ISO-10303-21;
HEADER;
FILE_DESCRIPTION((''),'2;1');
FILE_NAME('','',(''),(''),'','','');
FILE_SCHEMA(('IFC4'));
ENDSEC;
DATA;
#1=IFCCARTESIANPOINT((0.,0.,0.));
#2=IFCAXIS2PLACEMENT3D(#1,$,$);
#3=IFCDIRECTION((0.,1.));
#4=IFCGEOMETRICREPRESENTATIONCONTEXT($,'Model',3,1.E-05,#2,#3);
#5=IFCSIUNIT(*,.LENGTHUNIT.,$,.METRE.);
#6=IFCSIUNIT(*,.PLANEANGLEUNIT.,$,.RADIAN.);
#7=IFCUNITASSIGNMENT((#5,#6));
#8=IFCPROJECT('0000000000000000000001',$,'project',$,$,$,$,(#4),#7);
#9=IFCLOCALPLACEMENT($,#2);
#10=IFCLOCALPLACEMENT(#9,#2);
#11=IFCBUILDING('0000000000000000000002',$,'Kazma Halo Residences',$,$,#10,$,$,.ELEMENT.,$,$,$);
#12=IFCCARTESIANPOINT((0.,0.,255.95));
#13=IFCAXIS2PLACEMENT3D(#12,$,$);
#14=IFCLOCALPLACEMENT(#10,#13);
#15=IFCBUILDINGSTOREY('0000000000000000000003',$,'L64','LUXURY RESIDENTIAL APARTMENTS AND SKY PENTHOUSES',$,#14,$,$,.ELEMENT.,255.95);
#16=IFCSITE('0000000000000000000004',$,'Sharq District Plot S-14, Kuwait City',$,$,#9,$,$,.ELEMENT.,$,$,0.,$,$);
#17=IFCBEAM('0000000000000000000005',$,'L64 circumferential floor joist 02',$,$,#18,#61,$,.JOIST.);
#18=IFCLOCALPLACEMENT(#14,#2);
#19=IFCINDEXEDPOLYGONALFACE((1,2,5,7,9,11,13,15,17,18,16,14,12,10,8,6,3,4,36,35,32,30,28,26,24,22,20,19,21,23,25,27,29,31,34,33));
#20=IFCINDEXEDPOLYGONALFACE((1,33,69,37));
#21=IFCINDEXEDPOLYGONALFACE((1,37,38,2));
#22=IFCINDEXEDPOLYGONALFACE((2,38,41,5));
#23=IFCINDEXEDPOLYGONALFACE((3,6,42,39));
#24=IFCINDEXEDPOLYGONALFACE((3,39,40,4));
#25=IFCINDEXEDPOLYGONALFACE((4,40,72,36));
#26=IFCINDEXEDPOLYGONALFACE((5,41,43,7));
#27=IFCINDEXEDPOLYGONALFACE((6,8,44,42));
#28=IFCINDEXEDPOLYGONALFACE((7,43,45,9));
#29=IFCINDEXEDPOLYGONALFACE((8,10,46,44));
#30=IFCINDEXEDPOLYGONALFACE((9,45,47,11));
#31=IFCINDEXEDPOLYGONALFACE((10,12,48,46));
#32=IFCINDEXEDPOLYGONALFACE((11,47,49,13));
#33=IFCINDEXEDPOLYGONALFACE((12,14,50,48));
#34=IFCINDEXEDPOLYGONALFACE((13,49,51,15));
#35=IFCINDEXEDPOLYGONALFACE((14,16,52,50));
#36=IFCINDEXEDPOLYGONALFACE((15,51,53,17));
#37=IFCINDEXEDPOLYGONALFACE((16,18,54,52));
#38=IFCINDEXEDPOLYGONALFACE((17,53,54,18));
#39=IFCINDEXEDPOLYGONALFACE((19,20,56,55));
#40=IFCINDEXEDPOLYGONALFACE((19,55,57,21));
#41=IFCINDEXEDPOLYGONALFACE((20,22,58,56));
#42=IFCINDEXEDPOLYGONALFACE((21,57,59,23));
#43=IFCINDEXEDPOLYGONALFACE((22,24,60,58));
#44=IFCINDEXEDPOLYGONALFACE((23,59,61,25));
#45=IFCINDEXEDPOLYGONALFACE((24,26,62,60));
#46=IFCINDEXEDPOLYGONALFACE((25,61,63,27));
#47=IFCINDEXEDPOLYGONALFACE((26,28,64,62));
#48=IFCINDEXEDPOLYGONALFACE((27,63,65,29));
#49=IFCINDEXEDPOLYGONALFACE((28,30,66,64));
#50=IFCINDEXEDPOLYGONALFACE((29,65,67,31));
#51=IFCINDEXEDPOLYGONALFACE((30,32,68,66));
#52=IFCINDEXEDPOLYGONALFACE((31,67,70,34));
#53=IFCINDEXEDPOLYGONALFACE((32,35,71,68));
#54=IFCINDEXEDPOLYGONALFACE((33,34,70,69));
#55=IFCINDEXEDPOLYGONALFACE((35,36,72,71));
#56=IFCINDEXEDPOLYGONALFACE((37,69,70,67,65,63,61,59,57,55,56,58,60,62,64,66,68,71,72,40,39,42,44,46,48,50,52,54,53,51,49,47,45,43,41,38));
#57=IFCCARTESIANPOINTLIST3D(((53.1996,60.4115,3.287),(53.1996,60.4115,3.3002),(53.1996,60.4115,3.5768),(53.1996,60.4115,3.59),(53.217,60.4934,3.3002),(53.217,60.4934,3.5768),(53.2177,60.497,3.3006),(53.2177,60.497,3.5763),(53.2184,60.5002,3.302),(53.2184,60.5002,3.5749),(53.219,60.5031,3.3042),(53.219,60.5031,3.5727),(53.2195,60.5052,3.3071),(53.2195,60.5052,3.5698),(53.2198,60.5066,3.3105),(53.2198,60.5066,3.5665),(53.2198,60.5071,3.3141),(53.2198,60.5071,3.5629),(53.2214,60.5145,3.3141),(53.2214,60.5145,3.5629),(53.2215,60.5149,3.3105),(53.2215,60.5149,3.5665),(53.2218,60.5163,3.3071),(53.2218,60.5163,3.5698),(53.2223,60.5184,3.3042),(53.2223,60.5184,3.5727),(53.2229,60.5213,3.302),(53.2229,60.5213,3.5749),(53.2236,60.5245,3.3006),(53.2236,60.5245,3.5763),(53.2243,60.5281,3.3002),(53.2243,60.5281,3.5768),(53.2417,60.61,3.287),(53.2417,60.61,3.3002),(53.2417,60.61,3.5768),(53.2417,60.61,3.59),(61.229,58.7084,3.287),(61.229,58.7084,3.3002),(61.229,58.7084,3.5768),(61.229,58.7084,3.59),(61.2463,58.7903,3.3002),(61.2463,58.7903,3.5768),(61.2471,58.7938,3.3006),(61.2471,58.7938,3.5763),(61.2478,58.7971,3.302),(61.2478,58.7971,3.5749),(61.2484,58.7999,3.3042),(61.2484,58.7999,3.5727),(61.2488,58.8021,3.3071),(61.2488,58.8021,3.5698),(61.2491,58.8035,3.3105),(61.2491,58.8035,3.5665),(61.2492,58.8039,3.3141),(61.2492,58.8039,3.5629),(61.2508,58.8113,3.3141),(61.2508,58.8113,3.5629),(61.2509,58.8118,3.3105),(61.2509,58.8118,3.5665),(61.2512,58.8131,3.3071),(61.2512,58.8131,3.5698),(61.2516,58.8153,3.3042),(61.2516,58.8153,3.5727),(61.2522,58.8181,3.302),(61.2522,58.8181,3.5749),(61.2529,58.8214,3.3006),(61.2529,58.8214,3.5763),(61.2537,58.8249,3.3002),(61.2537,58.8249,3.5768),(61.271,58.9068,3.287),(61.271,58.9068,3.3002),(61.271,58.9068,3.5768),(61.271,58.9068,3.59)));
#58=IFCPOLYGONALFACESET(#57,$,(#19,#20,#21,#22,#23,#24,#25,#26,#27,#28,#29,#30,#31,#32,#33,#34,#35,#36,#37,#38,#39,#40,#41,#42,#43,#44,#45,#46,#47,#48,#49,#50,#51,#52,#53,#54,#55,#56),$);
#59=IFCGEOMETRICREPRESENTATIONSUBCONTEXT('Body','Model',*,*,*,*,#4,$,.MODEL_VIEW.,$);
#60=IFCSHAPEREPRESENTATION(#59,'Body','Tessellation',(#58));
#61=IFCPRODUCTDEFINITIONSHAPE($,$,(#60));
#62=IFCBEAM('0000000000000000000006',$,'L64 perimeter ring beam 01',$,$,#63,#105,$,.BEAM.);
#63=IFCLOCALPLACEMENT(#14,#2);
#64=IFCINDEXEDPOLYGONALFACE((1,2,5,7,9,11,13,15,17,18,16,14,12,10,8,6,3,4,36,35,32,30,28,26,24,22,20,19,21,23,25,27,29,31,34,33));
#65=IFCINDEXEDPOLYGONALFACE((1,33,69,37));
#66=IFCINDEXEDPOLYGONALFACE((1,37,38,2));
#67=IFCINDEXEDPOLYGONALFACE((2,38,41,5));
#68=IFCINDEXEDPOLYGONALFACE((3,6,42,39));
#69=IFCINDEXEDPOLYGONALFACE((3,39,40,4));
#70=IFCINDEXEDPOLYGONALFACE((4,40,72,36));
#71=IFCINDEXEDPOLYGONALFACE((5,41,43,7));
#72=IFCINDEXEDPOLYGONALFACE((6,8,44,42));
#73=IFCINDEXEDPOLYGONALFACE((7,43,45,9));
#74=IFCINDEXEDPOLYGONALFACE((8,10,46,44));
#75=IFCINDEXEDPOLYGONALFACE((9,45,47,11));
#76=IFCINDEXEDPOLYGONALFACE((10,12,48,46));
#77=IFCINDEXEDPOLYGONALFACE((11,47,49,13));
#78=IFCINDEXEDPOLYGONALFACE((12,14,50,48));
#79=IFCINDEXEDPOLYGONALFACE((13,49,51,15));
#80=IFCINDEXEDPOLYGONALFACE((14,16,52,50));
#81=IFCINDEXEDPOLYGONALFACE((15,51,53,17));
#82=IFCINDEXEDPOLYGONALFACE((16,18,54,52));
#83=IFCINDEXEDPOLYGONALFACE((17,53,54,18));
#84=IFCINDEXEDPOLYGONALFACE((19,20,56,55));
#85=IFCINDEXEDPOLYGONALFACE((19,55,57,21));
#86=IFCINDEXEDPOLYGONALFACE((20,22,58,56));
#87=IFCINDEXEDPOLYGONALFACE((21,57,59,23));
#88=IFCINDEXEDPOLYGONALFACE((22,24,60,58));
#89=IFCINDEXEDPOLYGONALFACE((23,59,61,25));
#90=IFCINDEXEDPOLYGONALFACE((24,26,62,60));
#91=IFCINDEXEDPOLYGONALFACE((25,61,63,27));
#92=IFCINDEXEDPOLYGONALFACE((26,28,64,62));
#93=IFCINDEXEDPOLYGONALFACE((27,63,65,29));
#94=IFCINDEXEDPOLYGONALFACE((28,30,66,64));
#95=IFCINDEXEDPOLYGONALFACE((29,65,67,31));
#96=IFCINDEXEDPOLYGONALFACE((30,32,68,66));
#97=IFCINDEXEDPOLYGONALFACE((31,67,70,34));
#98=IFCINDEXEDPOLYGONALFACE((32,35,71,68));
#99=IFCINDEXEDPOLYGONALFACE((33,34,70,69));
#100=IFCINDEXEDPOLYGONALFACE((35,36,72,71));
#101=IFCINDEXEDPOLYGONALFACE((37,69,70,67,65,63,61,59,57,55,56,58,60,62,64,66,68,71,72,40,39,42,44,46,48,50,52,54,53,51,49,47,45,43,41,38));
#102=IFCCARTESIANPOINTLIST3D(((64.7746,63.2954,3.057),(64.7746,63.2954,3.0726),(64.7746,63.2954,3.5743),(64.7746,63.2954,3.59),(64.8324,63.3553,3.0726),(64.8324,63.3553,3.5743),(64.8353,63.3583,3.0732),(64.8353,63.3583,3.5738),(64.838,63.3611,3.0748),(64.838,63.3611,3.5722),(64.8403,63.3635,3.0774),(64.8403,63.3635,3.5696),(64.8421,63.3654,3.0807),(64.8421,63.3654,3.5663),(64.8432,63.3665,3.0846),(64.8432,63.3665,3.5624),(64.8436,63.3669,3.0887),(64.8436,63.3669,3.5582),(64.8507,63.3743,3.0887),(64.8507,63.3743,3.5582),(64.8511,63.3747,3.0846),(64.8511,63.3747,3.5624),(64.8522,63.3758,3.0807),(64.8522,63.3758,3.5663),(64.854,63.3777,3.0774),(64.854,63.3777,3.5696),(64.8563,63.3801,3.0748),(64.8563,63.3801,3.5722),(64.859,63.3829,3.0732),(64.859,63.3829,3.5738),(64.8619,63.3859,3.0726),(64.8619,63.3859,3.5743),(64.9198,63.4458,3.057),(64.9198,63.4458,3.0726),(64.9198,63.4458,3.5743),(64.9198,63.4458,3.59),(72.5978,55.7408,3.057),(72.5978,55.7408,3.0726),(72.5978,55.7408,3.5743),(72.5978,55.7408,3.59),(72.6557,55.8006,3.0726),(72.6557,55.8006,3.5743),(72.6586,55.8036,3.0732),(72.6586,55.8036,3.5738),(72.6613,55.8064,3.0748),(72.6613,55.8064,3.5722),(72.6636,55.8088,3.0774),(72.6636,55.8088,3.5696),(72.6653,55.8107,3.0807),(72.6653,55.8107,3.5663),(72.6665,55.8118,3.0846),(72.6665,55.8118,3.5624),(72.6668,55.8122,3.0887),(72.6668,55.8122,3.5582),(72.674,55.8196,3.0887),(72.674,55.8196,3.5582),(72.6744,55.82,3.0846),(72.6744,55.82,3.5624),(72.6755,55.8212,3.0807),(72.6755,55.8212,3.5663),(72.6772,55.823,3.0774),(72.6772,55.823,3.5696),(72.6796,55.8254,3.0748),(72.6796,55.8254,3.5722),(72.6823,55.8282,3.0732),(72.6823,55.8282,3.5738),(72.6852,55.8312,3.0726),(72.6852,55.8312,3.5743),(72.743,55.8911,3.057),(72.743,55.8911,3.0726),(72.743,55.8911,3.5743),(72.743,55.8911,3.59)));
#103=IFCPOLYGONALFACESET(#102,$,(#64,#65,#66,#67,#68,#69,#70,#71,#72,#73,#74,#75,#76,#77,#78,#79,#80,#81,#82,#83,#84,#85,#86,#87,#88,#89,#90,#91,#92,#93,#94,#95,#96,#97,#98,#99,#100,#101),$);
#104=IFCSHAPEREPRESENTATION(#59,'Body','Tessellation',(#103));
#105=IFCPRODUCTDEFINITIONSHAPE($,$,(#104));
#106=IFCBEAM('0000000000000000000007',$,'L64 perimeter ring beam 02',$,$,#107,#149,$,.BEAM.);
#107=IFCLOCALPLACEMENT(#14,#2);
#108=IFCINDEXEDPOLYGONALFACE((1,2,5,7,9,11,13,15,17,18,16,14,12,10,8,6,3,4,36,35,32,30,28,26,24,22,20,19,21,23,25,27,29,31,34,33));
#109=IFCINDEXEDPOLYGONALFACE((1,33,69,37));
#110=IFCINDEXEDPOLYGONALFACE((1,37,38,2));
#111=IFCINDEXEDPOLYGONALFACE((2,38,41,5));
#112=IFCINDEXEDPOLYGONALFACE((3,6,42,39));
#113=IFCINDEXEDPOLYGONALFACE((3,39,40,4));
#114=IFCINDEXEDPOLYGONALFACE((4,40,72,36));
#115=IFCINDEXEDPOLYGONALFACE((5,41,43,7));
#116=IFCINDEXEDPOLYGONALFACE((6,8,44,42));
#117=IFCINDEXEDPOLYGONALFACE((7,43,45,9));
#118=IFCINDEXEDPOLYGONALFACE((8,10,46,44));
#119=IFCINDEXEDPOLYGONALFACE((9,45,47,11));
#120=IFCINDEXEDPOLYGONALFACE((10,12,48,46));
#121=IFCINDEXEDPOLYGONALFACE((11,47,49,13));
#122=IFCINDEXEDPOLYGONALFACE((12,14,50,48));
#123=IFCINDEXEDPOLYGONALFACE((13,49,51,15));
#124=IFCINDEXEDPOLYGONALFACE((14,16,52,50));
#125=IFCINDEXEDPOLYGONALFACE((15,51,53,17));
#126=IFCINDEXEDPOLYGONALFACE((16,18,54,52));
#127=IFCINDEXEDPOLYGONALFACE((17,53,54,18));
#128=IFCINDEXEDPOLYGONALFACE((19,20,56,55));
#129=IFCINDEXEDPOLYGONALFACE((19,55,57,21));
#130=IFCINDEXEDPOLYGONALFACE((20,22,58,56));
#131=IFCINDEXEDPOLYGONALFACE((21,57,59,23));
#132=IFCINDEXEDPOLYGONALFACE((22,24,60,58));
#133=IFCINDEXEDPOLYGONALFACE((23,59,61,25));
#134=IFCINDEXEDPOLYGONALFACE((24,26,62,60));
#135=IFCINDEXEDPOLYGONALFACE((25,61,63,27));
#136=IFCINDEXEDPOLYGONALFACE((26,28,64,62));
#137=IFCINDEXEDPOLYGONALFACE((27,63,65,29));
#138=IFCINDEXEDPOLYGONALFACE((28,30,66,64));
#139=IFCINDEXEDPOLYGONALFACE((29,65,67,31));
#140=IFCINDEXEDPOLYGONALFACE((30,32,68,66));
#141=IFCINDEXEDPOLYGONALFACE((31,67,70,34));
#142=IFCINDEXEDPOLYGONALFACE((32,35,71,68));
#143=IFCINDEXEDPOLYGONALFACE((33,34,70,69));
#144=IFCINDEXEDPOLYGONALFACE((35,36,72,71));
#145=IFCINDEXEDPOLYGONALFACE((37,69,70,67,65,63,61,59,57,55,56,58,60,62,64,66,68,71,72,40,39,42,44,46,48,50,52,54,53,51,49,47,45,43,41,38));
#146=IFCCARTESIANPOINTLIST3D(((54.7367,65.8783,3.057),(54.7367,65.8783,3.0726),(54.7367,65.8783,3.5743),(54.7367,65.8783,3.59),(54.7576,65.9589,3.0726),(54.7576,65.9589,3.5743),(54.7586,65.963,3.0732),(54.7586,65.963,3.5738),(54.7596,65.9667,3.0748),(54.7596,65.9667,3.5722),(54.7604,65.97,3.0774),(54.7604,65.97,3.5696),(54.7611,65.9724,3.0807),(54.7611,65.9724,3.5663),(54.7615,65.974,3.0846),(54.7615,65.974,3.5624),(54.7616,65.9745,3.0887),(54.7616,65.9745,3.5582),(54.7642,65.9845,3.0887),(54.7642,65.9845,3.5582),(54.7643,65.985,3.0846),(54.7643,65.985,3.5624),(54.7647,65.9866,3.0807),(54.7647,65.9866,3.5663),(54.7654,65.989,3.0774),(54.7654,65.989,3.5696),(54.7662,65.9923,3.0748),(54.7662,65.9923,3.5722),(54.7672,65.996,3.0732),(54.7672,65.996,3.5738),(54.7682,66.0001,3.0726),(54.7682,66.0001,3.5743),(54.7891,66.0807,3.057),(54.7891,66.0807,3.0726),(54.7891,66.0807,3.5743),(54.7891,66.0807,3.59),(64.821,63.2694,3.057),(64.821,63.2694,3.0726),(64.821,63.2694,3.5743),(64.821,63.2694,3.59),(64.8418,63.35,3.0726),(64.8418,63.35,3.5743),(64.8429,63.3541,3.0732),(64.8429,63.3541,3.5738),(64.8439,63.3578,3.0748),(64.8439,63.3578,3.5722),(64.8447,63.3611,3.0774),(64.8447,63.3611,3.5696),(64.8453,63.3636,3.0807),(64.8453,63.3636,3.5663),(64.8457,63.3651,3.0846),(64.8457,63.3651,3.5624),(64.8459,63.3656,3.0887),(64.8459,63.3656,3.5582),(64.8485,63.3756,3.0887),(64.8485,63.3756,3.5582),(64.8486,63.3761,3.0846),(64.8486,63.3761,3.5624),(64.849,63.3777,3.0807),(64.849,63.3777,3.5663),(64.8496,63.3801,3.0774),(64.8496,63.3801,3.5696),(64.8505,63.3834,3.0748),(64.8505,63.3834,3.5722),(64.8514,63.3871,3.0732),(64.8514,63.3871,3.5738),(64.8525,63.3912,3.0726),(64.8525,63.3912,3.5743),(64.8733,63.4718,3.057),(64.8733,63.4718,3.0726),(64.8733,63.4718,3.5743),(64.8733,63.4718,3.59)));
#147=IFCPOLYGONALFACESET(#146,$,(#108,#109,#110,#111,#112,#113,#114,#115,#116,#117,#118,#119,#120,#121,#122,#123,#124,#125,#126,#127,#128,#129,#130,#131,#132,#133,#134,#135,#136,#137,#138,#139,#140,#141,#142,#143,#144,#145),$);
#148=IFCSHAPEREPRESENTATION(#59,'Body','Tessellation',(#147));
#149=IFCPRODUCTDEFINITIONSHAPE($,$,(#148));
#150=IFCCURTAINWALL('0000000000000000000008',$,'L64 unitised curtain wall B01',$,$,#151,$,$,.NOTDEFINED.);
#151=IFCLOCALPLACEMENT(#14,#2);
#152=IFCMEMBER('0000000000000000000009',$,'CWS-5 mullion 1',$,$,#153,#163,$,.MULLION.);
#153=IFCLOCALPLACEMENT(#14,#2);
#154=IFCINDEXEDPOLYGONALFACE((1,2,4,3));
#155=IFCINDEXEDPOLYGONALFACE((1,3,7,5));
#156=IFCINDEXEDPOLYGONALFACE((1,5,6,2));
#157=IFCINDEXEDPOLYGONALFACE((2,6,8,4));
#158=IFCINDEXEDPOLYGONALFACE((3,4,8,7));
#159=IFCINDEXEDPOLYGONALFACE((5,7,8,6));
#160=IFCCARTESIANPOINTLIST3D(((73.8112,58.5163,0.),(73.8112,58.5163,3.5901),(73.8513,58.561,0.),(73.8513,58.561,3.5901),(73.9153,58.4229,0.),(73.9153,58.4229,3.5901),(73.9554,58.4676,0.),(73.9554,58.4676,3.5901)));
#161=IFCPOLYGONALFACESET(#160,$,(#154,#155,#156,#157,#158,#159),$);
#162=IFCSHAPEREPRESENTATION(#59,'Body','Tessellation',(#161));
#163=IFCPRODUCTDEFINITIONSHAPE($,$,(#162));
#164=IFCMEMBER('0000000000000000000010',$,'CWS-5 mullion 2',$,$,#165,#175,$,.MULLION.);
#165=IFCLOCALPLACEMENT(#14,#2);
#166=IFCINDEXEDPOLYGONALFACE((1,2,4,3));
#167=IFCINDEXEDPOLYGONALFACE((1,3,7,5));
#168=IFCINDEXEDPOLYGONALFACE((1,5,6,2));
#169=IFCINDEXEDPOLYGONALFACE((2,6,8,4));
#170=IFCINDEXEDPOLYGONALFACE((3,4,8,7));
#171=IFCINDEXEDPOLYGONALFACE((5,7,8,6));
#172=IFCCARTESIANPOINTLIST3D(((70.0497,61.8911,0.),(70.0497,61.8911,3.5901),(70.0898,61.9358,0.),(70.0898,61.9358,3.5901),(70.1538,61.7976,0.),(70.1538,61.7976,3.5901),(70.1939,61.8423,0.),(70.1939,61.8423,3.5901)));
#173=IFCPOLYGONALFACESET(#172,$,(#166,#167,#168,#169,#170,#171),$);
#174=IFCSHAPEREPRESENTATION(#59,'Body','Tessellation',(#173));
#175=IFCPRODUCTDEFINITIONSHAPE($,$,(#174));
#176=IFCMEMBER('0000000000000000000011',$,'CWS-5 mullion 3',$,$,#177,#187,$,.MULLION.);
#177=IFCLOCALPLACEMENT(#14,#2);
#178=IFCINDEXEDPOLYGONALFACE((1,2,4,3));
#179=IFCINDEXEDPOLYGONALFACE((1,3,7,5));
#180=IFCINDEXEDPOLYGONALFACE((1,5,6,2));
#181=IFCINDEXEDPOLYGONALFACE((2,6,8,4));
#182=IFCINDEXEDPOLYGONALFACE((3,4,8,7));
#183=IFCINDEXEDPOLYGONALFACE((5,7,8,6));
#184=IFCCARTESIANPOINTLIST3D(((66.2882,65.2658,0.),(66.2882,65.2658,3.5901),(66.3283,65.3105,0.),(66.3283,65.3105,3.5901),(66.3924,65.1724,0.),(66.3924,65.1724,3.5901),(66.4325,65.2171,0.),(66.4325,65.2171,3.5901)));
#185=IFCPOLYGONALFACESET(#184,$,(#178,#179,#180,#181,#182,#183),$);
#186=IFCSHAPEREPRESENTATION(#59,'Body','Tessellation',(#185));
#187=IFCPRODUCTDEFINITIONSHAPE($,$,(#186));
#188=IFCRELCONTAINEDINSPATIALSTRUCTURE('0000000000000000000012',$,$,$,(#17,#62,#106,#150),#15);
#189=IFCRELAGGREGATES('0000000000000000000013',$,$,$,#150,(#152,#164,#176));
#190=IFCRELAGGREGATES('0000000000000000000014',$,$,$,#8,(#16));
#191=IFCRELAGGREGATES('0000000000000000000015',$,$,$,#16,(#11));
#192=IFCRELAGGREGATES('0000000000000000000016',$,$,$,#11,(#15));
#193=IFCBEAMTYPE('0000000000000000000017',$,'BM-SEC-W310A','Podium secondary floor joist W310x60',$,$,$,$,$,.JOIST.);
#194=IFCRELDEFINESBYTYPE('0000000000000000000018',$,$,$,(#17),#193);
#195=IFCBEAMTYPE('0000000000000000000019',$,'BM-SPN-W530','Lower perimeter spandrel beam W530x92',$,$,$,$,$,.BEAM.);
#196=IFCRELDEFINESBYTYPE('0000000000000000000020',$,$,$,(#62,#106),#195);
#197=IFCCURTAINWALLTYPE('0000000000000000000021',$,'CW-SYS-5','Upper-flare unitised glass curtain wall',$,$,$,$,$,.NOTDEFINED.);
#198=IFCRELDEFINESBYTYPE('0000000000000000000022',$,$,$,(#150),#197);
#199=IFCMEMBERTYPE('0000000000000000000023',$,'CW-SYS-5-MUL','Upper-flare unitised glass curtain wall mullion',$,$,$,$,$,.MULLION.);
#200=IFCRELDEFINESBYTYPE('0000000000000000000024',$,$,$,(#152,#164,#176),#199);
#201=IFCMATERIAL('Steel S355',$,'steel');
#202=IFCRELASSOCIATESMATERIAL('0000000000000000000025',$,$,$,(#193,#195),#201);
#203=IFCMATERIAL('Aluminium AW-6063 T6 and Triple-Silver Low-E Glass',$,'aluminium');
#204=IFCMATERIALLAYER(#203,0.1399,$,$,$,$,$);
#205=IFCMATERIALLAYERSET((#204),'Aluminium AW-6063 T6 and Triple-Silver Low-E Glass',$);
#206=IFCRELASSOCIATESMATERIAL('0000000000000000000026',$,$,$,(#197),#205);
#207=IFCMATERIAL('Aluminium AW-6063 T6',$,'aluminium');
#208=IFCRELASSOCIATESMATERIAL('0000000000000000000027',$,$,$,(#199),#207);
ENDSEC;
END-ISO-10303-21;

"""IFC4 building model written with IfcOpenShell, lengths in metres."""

from ifc_helpers import new_model, si_unit, direction, frame, origin, origin_2d, place, context, subcontext, project, spatial, rectangle, i_section, extrude, material, layer, layer_set, material_profile, profile_set, type_object, element, aggregate, save


model = new_model("IFC4")

# Units and contexts
model_context = context("Model", 3, precision=1e-05, world=origin(), true_north=direction((0.0, 1.0)))
body_context = subcontext(model_context, "Body", "Model", "MODEL_VIEW")
ifc_project = project(units=[si_unit("LENGTHUNIT", "METRE"), si_unit("PLANEANGLEUNIT", "RADIAN")], contexts=[model_context])

# Site, building, storey
site_placement = place(None, origin())
site = spatial("IfcSite", under=ifc_project, at=site_placement, Name="Sharq District Plot S-14, Kuwait City", CompositionType="ELEMENT", RefElevation=0.0)
building_placement = place(site_placement, origin())
building = spatial("IfcBuilding", under=site, at=building_placement, Name="Kazma Halo Residences", CompositionType="ELEMENT")
storey_placement = place(building_placement, frame((0.0, 0.0, 255.95)))
storey = spatial("IfcBuildingStorey", under=building, at=storey_placement, Name="L64", Description="LUXURY RESIDENTIAL APARTMENTS AND SKY PENTHOUSES", CompositionType="ELEMENT", Elevation=255.95)

# Beams
ifc_material_1 = material(Name="Steel S355", Category="steel")
ifc_material_profile_1 = material_profile(ifc_material_1, i_section(OverallWidth=0.2029, OverallDepth=0.303, WebThickness=0.0076, FlangeThickness=0.0132, FilletRadius=0.0139, at=origin_2d()), Name="W310x60")
ifc_profile_set_1 = profile_set([ifc_material_profile_1], Name="Steel S355")
beam_type_1 = type_object("IfcBeamType", Name="BM-SEC-W310A", Description="Podium secondary floor joist W310x60", PredefinedType="JOIST", material=ifc_profile_set_1)
beam_1_placement = place(storey_placement, frame((61.25, 58.8076, 3.4385), z_axis=(-0.978236, 0.207497, 0.0), x_axis=(-0.207497, -0.978236, 0.0)))
element("IfcBeam", 1, at=beam_1_placement, inside=storey, type_object=beam_type_1, Name="L64 circumferential floor joist 02", PredefinedType="JOIST", context=body_context, shape_type="SweptSolid", body=[
    extrude(i_section(OverallWidth=0.2029, OverallDepth=0.303, WebThickness=0.0076, FlangeThickness=0.0132, FilletRadius=0.0139, at=origin_2d()), origin(), (0.0, 0.0, 1.0), 8.208),
])
ifc_material_profile_2 = material_profile(ifc_material_1, i_section(OverallWidth=0.209, OverallDepth=0.533, WebThickness=0.0103, FlangeThickness=0.0156, FilletRadius=0.0161, at=origin_2d()), Name="W530x92")
ifc_profile_set_2 = profile_set([ifc_material_profile_2], Name="Steel S355")
beam_type_2 = type_object("IfcBeamType", Name="BM-SPN-W530", Description="Lower perimeter spandrel beam W530x92", PredefinedType="BEAM", material=ifc_profile_set_2)
beam_2_placement = place(storey_placement, frame((72.6704, 55.8159, 3.3235), z_axis=(-0.719346, 0.694652, 0.0), x_axis=(-0.694652, -0.719346, 0.0)))
element("IfcBeam", 2, at=beam_2_placement, inside=storey, type_object=beam_type_2, Name="L64 perimeter ring beam 01", PredefinedType="BEAM", context=body_context, shape_type="SweptSolid", body=[
    extrude(i_section(OverallWidth=0.209, OverallDepth=0.533, WebThickness=0.0103, FlangeThickness=0.0156, FilletRadius=0.0161, at=origin_2d()), origin(), (0.0, 0.0, 1.0), 10.8755),
])
beam_3_placement = place(storey_placement, frame((64.8472, 63.3706, 3.3235), z_axis=(-0.968126, 0.250464, 0.0), x_axis=(-0.250464, -0.968126, 0.0)))
element("IfcBeam", 3, at=beam_3_placement, inside=storey, type_object=beam_type_2, Name="L64 perimeter ring beam 02", PredefinedType="BEAM", context=body_context, shape_type="SweptSolid", body=[
    extrude(i_section(OverallWidth=0.209, OverallDepth=0.533, WebThickness=0.0103, FlangeThickness=0.0156, FilletRadius=0.0161, at=origin_2d()), origin(), (0.0, 0.0, 1.0), 10.4163),
])

# Curtain wall, members
ifc_material_2 = material(Name="Aluminium AW-6063 T6 and Triple-Silver Low-E Glass", Category="aluminium")
ifc_layer_1 = layer(ifc_material_2, 0.1399)
ifc_layer_set_1 = layer_set([ifc_layer_1], Name="Aluminium AW-6063 T6 and Triple-Silver Low-E Glass")
curtain_wall_type = type_object("IfcCurtainWallType", Name="CW-SYS-5", Description="Upper-flare unitised glass curtain wall", PredefinedType="NOTDEFINED", material=ifc_layer_set_1)
curtain_wall_1_placement = place(storey_placement, origin())
curtain_wall_1 = element("IfcCurtainWall", 4, at=curtain_wall_1_placement, inside=storey, type_object=curtain_wall_type, Name="L64 unitised curtain wall B01", PredefinedType="NOTDEFINED")
ifc_material_3 = material(Name="Aluminium AW-6063 T6", Category="aluminium")
ifc_material_profile_3 = material_profile(ifc_material_3, rectangle(XDim=0.0601, YDim=0.1399, at=origin_2d()), Name="CWM-60x140")
ifc_profile_set_3 = profile_set([ifc_material_profile_3], Name="Aluminium AW-6063 T6")
member_type_1 = type_object("IfcMemberType", Name="CW-SYS-5-MUL", Description="Upper-flare unitised glass curtain wall mullion", PredefinedType="MULLION", material=ifc_profile_set_3)
member_1_placement = place(storey_placement, frame((73.8833, 58.4919, 0.0), z_axis=(0.0, 0.0, 1.0), x_axis=(-0.667805, -0.744336, 0.0)))
member_1 = element("IfcMember", 5, at=member_1_placement, type_object=member_type_1, Name="CWS-5 mullion 1", PredefinedType="MULLION", context=body_context, shape_type="SweptSolid", body=[
    extrude(rectangle(XDim=0.0601, YDim=0.1399, at=origin_2d()), origin(), (0.0, 0.0, 1.0), 3.5901),
])
member_2_placement = place(storey_placement, frame((70.1218, 61.8667, 0.0), z_axis=(0.0, 0.0, 1.0), x_axis=(-0.667805, -0.744336, 0.0)))
member_2 = element("IfcMember", 6, at=member_2_placement, type_object=member_type_1, Name="CWS-5 mullion 2", PredefinedType="MULLION", context=body_context, shape_type="SweptSolid", body=[
    extrude(rectangle(XDim=0.0601, YDim=0.1399, at=origin_2d()), origin(), (0.0, 0.0, 1.0), 3.5901),
])
member_3_placement = place(storey_placement, frame((66.3604, 65.2415, 0.0), z_axis=(0.0, 0.0, 1.0), x_axis=(-0.667805, -0.744336, 0.0)))
member_3 = element("IfcMember", 7, at=member_3_placement, type_object=member_type_1, Name="CWS-5 mullion 3", PredefinedType="MULLION", context=body_context, shape_type="SweptSolid", body=[
    extrude(rectangle(XDim=0.0601, YDim=0.1399, at=origin_2d()), origin(), (0.0, 0.0, 1.0), 3.5901),
])

aggregate(curtain_wall_1, [member_1, member_2, member_3])

save(model, "model.ifc")
